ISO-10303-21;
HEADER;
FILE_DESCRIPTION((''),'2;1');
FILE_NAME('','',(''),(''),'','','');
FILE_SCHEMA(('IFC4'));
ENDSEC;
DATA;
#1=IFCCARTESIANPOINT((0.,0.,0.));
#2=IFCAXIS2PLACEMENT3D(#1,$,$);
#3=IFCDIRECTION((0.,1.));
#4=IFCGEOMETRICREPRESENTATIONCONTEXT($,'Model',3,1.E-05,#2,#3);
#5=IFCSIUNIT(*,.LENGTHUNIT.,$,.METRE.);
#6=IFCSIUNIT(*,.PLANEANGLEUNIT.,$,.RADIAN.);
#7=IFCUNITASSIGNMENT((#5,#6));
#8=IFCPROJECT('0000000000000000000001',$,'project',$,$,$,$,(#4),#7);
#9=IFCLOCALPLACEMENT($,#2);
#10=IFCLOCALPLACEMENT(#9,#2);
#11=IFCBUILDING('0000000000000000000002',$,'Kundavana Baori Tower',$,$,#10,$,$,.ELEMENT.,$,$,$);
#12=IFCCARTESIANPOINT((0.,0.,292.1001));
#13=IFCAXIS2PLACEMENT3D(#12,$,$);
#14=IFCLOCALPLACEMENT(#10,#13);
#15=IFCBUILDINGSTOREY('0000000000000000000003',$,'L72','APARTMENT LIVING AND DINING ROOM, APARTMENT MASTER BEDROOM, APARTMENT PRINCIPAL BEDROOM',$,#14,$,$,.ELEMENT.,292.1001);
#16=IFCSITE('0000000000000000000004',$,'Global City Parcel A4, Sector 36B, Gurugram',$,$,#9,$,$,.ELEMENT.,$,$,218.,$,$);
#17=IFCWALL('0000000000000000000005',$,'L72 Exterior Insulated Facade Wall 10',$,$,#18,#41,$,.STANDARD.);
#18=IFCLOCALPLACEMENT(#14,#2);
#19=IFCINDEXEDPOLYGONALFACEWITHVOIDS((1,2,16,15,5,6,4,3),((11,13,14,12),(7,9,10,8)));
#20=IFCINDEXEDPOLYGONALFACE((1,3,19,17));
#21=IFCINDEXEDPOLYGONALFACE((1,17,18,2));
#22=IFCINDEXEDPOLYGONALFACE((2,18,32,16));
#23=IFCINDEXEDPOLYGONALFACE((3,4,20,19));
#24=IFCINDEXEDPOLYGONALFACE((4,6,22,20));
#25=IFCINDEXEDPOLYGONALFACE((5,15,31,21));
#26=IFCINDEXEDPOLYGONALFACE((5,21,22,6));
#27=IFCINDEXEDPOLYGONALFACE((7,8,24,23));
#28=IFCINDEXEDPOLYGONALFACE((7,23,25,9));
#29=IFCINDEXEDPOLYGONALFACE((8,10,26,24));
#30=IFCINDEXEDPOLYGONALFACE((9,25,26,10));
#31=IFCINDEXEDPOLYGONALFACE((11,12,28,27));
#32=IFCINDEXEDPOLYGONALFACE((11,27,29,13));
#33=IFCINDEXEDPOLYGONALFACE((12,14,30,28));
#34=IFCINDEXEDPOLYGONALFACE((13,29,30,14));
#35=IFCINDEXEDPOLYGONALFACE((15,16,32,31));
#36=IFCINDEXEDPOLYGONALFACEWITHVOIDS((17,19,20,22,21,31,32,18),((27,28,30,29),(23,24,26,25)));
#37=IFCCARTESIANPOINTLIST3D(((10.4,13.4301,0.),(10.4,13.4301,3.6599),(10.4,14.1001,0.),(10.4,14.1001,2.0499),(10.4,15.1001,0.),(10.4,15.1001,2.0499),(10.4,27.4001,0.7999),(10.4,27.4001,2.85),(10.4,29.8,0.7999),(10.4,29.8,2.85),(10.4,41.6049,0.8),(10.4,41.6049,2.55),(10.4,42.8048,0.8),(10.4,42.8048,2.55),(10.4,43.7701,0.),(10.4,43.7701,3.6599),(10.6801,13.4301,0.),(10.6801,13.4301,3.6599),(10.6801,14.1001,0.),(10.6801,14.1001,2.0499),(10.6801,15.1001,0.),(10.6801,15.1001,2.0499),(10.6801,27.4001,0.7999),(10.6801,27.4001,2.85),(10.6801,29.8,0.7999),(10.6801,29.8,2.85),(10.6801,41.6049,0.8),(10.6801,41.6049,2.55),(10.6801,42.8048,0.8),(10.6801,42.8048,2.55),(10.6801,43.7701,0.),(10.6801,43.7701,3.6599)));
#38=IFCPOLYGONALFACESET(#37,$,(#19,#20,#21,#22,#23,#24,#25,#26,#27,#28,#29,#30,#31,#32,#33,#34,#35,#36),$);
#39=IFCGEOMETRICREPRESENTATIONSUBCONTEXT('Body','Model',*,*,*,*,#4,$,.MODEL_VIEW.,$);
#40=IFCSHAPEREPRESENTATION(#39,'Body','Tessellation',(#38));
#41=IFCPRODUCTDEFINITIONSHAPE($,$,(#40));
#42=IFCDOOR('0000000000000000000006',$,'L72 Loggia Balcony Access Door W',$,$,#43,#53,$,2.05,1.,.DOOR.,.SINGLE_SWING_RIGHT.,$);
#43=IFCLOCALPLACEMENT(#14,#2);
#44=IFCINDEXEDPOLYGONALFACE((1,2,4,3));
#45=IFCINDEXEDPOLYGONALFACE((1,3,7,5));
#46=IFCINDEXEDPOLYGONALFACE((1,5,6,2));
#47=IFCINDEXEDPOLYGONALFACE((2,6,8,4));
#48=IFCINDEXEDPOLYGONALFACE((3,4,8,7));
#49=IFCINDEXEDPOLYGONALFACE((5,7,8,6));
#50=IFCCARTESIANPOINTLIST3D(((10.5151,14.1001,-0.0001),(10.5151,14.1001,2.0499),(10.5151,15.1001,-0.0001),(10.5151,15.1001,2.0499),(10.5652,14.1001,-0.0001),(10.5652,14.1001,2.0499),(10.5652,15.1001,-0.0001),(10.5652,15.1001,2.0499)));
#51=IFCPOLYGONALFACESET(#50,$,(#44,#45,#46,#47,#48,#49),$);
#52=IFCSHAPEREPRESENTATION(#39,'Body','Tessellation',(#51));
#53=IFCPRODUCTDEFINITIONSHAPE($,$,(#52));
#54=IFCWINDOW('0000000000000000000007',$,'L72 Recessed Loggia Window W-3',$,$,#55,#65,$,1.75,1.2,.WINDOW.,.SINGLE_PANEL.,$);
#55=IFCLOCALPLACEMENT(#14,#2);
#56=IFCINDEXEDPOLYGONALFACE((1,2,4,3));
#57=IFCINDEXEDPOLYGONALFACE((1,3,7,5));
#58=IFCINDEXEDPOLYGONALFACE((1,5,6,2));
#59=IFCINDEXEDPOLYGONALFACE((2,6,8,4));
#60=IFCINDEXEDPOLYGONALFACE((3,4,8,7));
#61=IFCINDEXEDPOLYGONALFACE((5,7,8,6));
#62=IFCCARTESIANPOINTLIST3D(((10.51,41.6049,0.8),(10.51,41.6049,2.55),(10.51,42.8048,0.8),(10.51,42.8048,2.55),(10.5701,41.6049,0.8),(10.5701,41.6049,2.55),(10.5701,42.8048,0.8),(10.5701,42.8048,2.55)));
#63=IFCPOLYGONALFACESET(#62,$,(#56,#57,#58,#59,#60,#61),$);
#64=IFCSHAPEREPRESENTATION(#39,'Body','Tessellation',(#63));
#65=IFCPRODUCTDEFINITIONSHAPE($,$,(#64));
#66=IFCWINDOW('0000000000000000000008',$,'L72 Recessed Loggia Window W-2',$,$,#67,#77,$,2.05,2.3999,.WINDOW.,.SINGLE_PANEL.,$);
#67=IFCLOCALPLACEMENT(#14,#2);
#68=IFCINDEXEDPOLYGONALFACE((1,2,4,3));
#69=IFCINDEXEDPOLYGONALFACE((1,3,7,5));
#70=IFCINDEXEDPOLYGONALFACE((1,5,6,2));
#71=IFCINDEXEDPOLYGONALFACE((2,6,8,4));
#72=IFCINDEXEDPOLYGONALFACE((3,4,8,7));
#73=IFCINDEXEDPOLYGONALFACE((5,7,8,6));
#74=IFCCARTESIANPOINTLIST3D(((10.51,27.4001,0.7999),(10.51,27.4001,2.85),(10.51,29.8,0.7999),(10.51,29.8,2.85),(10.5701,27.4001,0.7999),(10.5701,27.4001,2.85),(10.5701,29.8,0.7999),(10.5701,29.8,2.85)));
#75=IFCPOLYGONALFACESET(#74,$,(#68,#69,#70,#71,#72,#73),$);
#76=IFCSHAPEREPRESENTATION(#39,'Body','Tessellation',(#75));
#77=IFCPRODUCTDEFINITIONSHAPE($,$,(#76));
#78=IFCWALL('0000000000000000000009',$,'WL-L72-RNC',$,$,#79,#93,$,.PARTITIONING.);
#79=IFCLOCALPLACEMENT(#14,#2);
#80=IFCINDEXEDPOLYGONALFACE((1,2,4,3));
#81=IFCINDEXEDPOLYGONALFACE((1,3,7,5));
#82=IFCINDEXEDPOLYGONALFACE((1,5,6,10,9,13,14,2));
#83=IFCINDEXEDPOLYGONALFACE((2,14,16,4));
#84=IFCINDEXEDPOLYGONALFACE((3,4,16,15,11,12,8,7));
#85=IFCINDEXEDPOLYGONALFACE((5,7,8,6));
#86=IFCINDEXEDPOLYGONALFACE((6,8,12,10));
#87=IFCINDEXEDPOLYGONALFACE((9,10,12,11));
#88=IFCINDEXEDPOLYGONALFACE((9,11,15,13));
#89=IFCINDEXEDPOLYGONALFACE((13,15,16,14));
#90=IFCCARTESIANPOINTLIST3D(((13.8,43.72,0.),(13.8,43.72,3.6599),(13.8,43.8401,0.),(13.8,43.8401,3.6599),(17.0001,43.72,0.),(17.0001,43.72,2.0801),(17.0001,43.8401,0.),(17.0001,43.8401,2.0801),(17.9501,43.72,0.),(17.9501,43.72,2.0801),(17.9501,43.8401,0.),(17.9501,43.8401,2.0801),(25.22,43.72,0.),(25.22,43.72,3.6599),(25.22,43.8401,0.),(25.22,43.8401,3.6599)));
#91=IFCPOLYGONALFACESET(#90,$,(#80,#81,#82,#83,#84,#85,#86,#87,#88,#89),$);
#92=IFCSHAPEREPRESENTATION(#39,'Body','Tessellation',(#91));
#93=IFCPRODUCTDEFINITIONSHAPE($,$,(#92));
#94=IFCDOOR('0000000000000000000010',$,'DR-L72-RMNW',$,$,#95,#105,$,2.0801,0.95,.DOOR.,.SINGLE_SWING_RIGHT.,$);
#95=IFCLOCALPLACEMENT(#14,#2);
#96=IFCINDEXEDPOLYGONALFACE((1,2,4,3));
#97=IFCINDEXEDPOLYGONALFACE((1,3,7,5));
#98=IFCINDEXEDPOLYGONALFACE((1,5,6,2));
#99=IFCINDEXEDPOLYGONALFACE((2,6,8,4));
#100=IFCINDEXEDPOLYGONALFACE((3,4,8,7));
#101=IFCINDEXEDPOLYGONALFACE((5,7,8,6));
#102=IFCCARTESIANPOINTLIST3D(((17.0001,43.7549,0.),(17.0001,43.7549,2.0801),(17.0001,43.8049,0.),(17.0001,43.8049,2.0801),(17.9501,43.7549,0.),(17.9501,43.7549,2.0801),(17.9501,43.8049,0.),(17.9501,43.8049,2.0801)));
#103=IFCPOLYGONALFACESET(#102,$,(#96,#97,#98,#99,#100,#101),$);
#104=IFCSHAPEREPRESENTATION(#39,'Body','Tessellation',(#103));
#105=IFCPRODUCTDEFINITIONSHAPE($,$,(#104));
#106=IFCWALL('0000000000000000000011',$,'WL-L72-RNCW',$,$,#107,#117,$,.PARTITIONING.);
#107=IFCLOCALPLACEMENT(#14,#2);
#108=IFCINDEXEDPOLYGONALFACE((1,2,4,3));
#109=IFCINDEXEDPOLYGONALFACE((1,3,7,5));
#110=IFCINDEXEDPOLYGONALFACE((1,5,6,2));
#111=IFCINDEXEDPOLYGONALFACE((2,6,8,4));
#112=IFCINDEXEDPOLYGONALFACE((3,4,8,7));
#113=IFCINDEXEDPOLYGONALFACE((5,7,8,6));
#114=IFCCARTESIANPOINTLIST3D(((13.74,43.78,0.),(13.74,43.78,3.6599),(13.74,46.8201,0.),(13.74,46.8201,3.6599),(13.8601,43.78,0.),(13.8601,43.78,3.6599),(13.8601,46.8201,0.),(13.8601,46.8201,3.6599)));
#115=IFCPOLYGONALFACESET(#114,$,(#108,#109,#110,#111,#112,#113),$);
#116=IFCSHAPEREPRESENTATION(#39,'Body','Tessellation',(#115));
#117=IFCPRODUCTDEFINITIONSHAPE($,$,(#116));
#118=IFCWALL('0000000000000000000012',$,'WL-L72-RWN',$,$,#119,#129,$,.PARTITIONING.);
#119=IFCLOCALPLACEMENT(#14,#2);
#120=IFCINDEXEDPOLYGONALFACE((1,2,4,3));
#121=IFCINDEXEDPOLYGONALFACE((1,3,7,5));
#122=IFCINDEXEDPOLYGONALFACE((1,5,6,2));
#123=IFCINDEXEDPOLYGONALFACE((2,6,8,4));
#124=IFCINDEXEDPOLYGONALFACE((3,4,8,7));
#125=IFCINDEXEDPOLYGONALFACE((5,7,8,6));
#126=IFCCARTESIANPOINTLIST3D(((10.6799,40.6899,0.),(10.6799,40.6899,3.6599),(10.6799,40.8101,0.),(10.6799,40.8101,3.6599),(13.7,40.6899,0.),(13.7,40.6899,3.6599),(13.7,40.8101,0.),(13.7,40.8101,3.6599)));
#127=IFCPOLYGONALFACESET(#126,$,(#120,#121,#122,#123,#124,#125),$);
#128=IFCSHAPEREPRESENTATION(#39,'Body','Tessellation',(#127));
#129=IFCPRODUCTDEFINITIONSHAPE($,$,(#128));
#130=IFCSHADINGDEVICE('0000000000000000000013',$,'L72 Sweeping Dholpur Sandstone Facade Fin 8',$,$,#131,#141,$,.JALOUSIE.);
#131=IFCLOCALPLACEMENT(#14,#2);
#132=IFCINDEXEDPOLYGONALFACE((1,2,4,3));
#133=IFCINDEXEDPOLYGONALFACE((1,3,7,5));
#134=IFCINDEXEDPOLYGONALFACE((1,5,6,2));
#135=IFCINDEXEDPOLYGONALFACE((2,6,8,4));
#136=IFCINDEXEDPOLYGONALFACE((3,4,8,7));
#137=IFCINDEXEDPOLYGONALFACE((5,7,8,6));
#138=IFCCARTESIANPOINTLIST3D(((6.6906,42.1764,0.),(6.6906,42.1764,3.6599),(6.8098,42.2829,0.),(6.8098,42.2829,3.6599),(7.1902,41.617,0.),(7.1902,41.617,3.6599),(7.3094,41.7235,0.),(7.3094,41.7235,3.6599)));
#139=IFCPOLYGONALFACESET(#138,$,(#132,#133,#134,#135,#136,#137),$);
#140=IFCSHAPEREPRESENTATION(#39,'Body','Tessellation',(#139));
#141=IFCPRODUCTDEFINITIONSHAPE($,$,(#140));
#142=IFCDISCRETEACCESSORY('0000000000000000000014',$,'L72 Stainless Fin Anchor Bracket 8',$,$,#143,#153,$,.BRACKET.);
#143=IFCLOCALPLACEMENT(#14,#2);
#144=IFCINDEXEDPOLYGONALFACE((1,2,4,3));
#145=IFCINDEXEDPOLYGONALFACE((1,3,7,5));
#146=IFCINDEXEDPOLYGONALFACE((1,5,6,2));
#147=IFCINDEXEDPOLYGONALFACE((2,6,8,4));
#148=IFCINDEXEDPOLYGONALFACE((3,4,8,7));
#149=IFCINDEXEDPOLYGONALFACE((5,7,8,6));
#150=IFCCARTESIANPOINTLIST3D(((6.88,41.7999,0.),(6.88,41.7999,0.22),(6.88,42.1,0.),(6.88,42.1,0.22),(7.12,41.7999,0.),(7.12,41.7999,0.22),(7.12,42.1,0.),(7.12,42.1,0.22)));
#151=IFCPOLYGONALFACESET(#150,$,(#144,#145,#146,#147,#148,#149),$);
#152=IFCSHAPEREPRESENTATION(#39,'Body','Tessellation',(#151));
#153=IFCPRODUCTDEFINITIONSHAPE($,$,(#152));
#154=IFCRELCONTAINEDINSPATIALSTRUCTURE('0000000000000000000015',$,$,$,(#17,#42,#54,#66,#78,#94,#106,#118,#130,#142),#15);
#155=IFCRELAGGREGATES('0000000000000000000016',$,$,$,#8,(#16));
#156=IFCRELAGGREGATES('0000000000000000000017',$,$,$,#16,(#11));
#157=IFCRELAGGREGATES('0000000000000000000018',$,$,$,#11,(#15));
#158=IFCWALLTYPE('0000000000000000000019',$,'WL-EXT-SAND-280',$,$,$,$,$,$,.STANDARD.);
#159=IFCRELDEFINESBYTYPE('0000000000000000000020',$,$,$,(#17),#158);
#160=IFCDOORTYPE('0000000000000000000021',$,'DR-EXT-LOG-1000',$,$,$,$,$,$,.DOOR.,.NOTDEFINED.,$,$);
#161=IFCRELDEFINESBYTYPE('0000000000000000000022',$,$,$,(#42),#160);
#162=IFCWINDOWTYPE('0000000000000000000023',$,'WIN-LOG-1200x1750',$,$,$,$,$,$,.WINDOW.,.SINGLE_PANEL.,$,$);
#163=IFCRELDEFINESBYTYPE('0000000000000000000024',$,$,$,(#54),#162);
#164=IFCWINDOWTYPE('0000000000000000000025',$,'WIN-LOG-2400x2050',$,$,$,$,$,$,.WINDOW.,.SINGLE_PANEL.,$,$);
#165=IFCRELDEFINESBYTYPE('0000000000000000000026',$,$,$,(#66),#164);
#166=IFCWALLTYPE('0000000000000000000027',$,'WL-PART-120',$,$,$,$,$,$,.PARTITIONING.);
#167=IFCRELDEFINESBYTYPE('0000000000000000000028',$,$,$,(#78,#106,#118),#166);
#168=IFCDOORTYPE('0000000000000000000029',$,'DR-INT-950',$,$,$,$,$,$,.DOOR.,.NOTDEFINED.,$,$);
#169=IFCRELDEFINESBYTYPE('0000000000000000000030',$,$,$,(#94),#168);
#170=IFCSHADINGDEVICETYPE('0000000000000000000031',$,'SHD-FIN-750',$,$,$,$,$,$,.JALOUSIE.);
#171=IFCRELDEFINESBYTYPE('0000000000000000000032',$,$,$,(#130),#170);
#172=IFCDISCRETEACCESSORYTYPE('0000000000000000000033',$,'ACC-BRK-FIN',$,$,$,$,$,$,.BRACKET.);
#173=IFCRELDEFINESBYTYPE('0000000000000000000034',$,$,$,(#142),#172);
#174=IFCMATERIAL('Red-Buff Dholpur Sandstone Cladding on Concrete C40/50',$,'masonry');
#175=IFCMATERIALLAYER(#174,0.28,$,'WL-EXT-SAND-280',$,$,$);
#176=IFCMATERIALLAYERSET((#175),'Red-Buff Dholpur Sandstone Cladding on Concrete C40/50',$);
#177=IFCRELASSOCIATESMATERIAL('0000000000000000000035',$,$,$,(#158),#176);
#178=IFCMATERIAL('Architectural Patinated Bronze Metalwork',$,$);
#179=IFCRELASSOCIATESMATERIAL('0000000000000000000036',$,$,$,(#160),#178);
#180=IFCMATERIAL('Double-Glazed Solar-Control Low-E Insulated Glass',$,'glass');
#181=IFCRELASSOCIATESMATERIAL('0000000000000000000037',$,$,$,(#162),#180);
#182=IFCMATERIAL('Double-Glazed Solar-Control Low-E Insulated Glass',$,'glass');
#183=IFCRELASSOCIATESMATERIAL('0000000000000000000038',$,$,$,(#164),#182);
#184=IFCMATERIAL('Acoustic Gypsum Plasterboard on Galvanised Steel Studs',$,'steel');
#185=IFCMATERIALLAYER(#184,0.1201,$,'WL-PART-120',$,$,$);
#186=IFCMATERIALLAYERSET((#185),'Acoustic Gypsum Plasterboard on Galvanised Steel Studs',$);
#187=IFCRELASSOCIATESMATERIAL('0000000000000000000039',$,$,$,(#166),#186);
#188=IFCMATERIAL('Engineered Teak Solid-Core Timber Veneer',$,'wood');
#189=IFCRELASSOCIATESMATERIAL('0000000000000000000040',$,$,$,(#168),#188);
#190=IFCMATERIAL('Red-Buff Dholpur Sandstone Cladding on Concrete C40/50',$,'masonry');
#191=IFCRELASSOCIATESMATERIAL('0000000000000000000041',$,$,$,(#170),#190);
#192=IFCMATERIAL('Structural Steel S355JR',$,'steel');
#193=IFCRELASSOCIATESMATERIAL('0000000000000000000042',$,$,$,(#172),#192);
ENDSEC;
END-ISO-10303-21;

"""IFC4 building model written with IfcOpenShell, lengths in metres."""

from ifc_helpers import new_model, si_unit, direction, frame, frame_2d, origin, origin_2d, place, context, subcontext, project, spatial, rectangle, extrude, material, layer, layer_set, type_object, element, fill, save


model = new_model("IFC4")

# Units and contexts
model_context = context("Model", 3, precision=1e-05, world=origin(), true_north=direction((0.0, 1.0)))
body_context = subcontext(model_context, "Body", "Model", "MODEL_VIEW")
ifc_project = project(units=[si_unit("LENGTHUNIT", "METRE"), si_unit("PLANEANGLEUNIT", "RADIAN")], contexts=[model_context])

# Site, building, storey
site_placement = place(None, origin())
site = spatial("IfcSite", under=ifc_project, at=site_placement, Name="Global City Parcel A4, Sector 36B, Gurugram", CompositionType="ELEMENT", RefElevation=218.0)
building_placement = place(site_placement, origin())
building = spatial("IfcBuilding", under=site, at=building_placement, Name="Kundavana Baori Tower", CompositionType="ELEMENT")
storey_placement = place(building_placement, frame((0.0, 0.0, 292.1001)))
storey = spatial("IfcBuildingStorey", under=building, at=storey_placement, Name="L72", Description="APARTMENT LIVING AND DINING ROOM, APARTMENT MASTER BEDROOM, APARTMENT PRINCIPAL BEDROOM", CompositionType="ELEMENT", Elevation=292.1001)

# Shared definitions
ifc_material_1 = material(Name="Red-Buff Dholpur Sandstone Cladding on Concrete C40/50", Category="masonry")
ifc_layer_1 = layer(ifc_material_1, 0.28, Name="WL-EXT-SAND-280")
ifc_layer_set_1 = layer_set([ifc_layer_1], Name="Red-Buff Dholpur Sandstone Cladding on Concrete C40/50")
wall_type_1 = type_object("IfcWallType", Name="WL-EXT-SAND-280", PredefinedType="STANDARD", material=ifc_layer_set_1)

# Wall, openings, door, windows
wall_1_placement = place(storey_placement, frame((10.54, 43.77, 0.0), z_axis=(0.0, 0.0, 1.0), x_axis=(0.0, -1.0, 0.0)))
wall_1 = element("IfcWall", 1, at=wall_1_placement, inside=storey, type_object=wall_type_1, Name="L72 Exterior Insulated Facade Wall 10", PredefinedType="STANDARD", context=body_context, shape_type="SweptSolid", body=[
    extrude(rectangle(XDim=30.3401, YDim=0.28, at=frame_2d((15.1699, 0.0))), origin(), (0.0, 0.0, 1.0), 3.6599),
])
opening_1_placement = place(wall_1_placement, frame((28.6699, 0.0, 0.0)))
opening_1 = element("IfcOpeningElement", 2, at=opening_1_placement, cuts=wall_1, PredefinedType="OPENING", context=body_context, shape_type="SweptSolid", body=[
    extrude(rectangle(XDim=1.0, YDim=2.05, at=frame_2d((0.5, 1.0249))), frame((0.0, 0.1499, 0.0), z_axis=(0.0, -1.0, 0.0), x_axis=(1.0, 0.0, 0.0)), (0.0, 0.0, 1.0), 0.3),
])
opening_2_placement = place(wall_1_placement, frame((13.97, 0.0, 0.8)))
opening_2 = element("IfcOpeningElement", 3, at=opening_2_placement, cuts=wall_1, PredefinedType="OPENING", context=body_context, shape_type="SweptSolid", body=[
    extrude(rectangle(XDim=2.3999, YDim=2.05, at=frame_2d((1.2, 1.0249))), frame((0.0, 0.1499, 0.0), z_axis=(0.0, -1.0, 0.0), x_axis=(1.0, 0.0, 0.0)), (0.0, 0.0, 1.0), 0.3),
])
opening_3_placement = place(wall_1_placement, frame((0.9651, 0.0, 0.8)))
opening_3 = element("IfcOpeningElement", 4, at=opening_3_placement, cuts=wall_1, PredefinedType="OPENING", context=body_context, shape_type="SweptSolid", body=[
    extrude(rectangle(XDim=1.2, YDim=1.75, at=frame_2d((0.6001, 0.875))), frame((0.0, 0.1499, 0.0), z_axis=(0.0, -1.0, 0.0), x_axis=(1.0, 0.0, 0.0)), (0.0, 0.0, 1.0), 0.3),
])
ifc_material_2 = material(Name="Architectural Patinated Bronze Metalwork")
door_type_1 = type_object("IfcDoorType", Name="DR-EXT-LOG-1000", OperationType="NOTDEFINED", PredefinedType="DOOR", material=ifc_material_2)
door_1_placement = place(opening_1_placement, frame((1.0, 0.0, 0.0), z_axis=(0.0, 0.0, 1.0), x_axis=(-1.0, 0.0, 0.0)))
door_1 = element("IfcDoor", 5, at=door_1_placement, inside=storey, type_object=door_type_1, Name="L72 Loggia Balcony Access Door W", OperationType="SINGLE_SWING_RIGHT", OverallHeight=2.05, OverallWidth=1.0, PredefinedType="DOOR", context=body_context, shape_type="SweptSolid", body=[
    extrude(rectangle(XDim=1.0, YDim=2.05, at=frame_2d((0.5, 1.0249))), frame((0.0, 0.0249, 0.0), z_axis=(0.0, -1.0, 0.0), x_axis=(1.0, 0.0, 0.0)), (0.0, 0.0, 1.0), 0.05),
])
fill(opening_1, door_1)
ifc_material_3 = material(Name="Double-Glazed Solar-Control Low-E Insulated Glass", Category="glass")
window_type_1 = type_object("IfcWindowType", Name="WIN-LOG-1200x1750", PartitioningType="SINGLE_PANEL", PredefinedType="WINDOW", material=ifc_material_3)
window_1_placement = place(opening_3_placement, origin())
window_1 = element("IfcWindow", 6, at=window_1_placement, inside=storey, type_object=window_type_1, Name="L72 Recessed Loggia Window W-3", OverallHeight=1.75, OverallWidth=1.2, PartitioningType="SINGLE_PANEL", PredefinedType="WINDOW", context=body_context, shape_type="SweptSolid", body=[
    extrude(rectangle(XDim=1.2, YDim=1.75, at=frame_2d((0.6001, 0.875))), frame((0.0, 0.03, 0.0), z_axis=(0.0, -1.0, 0.0), x_axis=(1.0, 0.0, 0.0)), (0.0, 0.0, 1.0), 0.0601),
])
fill(opening_3, window_1)
ifc_material_4 = material(Name="Double-Glazed Solar-Control Low-E Insulated Glass", Category="glass")
window_type_2 = type_object("IfcWindowType", Name="WIN-LOG-2400x2050", PartitioningType="SINGLE_PANEL", PredefinedType="WINDOW", material=ifc_material_4)
window_2_placement = place(opening_2_placement, origin())
window_2 = element("IfcWindow", 7, at=window_2_placement, inside=storey, type_object=window_type_2, Name="L72 Recessed Loggia Window W-2", OverallHeight=2.05, OverallWidth=2.3999, PartitioningType="SINGLE_PANEL", PredefinedType="WINDOW", context=body_context, shape_type="SweptSolid", body=[
    extrude(rectangle(XDim=2.3999, YDim=2.05, at=frame_2d((1.2, 1.0249))), frame((0.0, 0.03, 0.0), z_axis=(0.0, -1.0, 0.0), x_axis=(1.0, 0.0, 0.0)), (0.0, 0.0, 1.0), 0.0601),
])
fill(opening_2, window_2)

# Wall, opening, door
ifc_material_5 = material(Name="Acoustic Gypsum Plasterboard on Galvanised Steel Studs", Category="steel")
ifc_layer_2 = layer(ifc_material_5, 0.1201, Name="WL-PART-120")
ifc_layer_set_2 = layer_set([ifc_layer_2], Name="Acoustic Gypsum Plasterboard on Galvanised Steel Studs")
wall_type_2 = type_object("IfcWallType", Name="WL-PART-120", PredefinedType="PARTITIONING", material=ifc_layer_set_2)
wall_2_placement = place(storey_placement, frame((13.8, 43.78, 0.0), z_axis=(0.0, 0.0, 1.0), x_axis=(1.0, 0.0, 0.0)))
wall_2 = element("IfcWall", 8, at=wall_2_placement, inside=storey, type_object=wall_type_2, Name="WL-L72-RNC", PredefinedType="PARTITIONING", context=body_context, shape_type="SweptSolid", body=[
    extrude(rectangle(XDim=11.4199, YDim=0.1201, at=frame_2d((5.71, 0.0))), origin(), (0.0, 0.0, 1.0), 3.6599),
])
opening_4_placement = place(wall_2_placement, frame((3.2, 0.0, 0.0)))
opening_4 = element("IfcOpeningElement", 9, at=opening_4_placement, cuts=wall_2, PredefinedType="OPENING", context=body_context, shape_type="SweptSolid", body=[
    extrude(rectangle(XDim=0.95, YDim=2.0801, at=frame_2d((0.4751, 1.04))), frame((0.0, 0.0701, 0.0), z_axis=(0.0, -1.0, 0.0), x_axis=(1.0, 0.0, 0.0)), (0.0, 0.0, 1.0), 0.1401),
])
ifc_material_6 = material(Name="Engineered Teak Solid-Core Timber Veneer", Category="wood")
door_type_2 = type_object("IfcDoorType", Name="DR-INT-950", OperationType="NOTDEFINED", PredefinedType="DOOR", material=ifc_material_6)
door_2_placement = place(opening_4_placement, origin())
door_2 = element("IfcDoor", 10, at=door_2_placement, inside=storey, type_object=door_type_2, Name="DR-L72-RMNW", OperationType="SINGLE_SWING_RIGHT", OverallHeight=2.0801, OverallWidth=0.95, PredefinedType="DOOR", context=body_context, shape_type="SweptSolid", body=[
    extrude(rectangle(XDim=0.95, YDim=2.0801, at=frame_2d((0.4751, 1.04))), frame((0.0, 0.0249, 0.0), z_axis=(0.0, -1.0, 0.0), x_axis=(1.0, 0.0, 0.0)), (0.0, 0.0, 1.0), 0.05),
])
fill(opening_4, door_2)

# Walls
wall_3_placement = place(storey_placement, frame((13.8, 43.78, 0.0), z_axis=(0.0, 0.0, 1.0), x_axis=(0.0, 1.0, 0.0)))
element("IfcWall", 11, at=wall_3_placement, inside=storey, type_object=wall_type_2, Name="WL-L72-RNCW", PredefinedType="PARTITIONING", context=body_context, shape_type="SweptSolid", body=[
    extrude(rectangle(XDim=3.04, YDim=0.1201, at=frame_2d((1.52, 0.0))), origin(), (0.0, 0.0, 1.0), 3.6599),
])
wall_4_placement = place(storey_placement, frame((10.6799, 40.75, 0.0), z_axis=(0.0, 0.0, 1.0), x_axis=(1.0, 0.0, 0.0)))
element("IfcWall", 12, at=wall_4_placement, inside=storey, type_object=wall_type_2, Name="WL-L72-RWN", PredefinedType="PARTITIONING", context=body_context, shape_type="SweptSolid", body=[
    extrude(rectangle(XDim=3.02, YDim=0.1201, at=frame_2d((1.51, 0.0))), origin(), (0.0, 0.0, 1.0), 3.6599),
])

# Shading device
ifc_material_7 = material(Name="Red-Buff Dholpur Sandstone Cladding on Concrete C40/50", Category="masonry")
shading_device_type = type_object("IfcShadingDeviceType", Name="SHD-FIN-750", PredefinedType="JALOUSIE", material=ifc_material_7)
shading_device_placement = place(storey_placement, frame((7.0, 41.95, 0.0), z_axis=(0.0, 0.0, 1.0), x_axis=(0.745825, 0.666142, 0.0)))
element("IfcShadingDevice", 13, at=shading_device_placement, inside=storey, type_object=shading_device_type, Name="L72 Sweeping Dholpur Sandstone Facade Fin 8", PredefinedType="JALOUSIE", context=body_context, shape_type="SweptSolid", body=[
    extrude(rectangle(XDim=0.1599, YDim=0.75, at=origin_2d()), origin(), (0.0, 0.0, 1.0), 3.6599),
])

# Discrete accessory
ifc_material_8 = material(Name="Structural Steel S355JR", Category="steel")
discrete_accessory_type = type_object("IfcDiscreteAccessoryType", Name="ACC-BRK-FIN", PredefinedType="BRACKET", material=ifc_material_8)
discrete_accessory_placement = place(storey_placement, frame((7.0, 41.95, 0.0), z_axis=(0.0, 0.0, 1.0), x_axis=(1.0, 0.0, 0.0)))
element("IfcDiscreteAccessory", 14, at=discrete_accessory_placement, inside=storey, type_object=discrete_accessory_type, Name="L72 Stainless Fin Anchor Bracket 8", PredefinedType="BRACKET", context=body_context, shape_type="SweptSolid", body=[
    extrude(rectangle(XDim=0.24, YDim=0.3, at=origin_2d()), origin(), (0.0, 0.0, 1.0), 0.22),
])

save(model, "model.ifc")
